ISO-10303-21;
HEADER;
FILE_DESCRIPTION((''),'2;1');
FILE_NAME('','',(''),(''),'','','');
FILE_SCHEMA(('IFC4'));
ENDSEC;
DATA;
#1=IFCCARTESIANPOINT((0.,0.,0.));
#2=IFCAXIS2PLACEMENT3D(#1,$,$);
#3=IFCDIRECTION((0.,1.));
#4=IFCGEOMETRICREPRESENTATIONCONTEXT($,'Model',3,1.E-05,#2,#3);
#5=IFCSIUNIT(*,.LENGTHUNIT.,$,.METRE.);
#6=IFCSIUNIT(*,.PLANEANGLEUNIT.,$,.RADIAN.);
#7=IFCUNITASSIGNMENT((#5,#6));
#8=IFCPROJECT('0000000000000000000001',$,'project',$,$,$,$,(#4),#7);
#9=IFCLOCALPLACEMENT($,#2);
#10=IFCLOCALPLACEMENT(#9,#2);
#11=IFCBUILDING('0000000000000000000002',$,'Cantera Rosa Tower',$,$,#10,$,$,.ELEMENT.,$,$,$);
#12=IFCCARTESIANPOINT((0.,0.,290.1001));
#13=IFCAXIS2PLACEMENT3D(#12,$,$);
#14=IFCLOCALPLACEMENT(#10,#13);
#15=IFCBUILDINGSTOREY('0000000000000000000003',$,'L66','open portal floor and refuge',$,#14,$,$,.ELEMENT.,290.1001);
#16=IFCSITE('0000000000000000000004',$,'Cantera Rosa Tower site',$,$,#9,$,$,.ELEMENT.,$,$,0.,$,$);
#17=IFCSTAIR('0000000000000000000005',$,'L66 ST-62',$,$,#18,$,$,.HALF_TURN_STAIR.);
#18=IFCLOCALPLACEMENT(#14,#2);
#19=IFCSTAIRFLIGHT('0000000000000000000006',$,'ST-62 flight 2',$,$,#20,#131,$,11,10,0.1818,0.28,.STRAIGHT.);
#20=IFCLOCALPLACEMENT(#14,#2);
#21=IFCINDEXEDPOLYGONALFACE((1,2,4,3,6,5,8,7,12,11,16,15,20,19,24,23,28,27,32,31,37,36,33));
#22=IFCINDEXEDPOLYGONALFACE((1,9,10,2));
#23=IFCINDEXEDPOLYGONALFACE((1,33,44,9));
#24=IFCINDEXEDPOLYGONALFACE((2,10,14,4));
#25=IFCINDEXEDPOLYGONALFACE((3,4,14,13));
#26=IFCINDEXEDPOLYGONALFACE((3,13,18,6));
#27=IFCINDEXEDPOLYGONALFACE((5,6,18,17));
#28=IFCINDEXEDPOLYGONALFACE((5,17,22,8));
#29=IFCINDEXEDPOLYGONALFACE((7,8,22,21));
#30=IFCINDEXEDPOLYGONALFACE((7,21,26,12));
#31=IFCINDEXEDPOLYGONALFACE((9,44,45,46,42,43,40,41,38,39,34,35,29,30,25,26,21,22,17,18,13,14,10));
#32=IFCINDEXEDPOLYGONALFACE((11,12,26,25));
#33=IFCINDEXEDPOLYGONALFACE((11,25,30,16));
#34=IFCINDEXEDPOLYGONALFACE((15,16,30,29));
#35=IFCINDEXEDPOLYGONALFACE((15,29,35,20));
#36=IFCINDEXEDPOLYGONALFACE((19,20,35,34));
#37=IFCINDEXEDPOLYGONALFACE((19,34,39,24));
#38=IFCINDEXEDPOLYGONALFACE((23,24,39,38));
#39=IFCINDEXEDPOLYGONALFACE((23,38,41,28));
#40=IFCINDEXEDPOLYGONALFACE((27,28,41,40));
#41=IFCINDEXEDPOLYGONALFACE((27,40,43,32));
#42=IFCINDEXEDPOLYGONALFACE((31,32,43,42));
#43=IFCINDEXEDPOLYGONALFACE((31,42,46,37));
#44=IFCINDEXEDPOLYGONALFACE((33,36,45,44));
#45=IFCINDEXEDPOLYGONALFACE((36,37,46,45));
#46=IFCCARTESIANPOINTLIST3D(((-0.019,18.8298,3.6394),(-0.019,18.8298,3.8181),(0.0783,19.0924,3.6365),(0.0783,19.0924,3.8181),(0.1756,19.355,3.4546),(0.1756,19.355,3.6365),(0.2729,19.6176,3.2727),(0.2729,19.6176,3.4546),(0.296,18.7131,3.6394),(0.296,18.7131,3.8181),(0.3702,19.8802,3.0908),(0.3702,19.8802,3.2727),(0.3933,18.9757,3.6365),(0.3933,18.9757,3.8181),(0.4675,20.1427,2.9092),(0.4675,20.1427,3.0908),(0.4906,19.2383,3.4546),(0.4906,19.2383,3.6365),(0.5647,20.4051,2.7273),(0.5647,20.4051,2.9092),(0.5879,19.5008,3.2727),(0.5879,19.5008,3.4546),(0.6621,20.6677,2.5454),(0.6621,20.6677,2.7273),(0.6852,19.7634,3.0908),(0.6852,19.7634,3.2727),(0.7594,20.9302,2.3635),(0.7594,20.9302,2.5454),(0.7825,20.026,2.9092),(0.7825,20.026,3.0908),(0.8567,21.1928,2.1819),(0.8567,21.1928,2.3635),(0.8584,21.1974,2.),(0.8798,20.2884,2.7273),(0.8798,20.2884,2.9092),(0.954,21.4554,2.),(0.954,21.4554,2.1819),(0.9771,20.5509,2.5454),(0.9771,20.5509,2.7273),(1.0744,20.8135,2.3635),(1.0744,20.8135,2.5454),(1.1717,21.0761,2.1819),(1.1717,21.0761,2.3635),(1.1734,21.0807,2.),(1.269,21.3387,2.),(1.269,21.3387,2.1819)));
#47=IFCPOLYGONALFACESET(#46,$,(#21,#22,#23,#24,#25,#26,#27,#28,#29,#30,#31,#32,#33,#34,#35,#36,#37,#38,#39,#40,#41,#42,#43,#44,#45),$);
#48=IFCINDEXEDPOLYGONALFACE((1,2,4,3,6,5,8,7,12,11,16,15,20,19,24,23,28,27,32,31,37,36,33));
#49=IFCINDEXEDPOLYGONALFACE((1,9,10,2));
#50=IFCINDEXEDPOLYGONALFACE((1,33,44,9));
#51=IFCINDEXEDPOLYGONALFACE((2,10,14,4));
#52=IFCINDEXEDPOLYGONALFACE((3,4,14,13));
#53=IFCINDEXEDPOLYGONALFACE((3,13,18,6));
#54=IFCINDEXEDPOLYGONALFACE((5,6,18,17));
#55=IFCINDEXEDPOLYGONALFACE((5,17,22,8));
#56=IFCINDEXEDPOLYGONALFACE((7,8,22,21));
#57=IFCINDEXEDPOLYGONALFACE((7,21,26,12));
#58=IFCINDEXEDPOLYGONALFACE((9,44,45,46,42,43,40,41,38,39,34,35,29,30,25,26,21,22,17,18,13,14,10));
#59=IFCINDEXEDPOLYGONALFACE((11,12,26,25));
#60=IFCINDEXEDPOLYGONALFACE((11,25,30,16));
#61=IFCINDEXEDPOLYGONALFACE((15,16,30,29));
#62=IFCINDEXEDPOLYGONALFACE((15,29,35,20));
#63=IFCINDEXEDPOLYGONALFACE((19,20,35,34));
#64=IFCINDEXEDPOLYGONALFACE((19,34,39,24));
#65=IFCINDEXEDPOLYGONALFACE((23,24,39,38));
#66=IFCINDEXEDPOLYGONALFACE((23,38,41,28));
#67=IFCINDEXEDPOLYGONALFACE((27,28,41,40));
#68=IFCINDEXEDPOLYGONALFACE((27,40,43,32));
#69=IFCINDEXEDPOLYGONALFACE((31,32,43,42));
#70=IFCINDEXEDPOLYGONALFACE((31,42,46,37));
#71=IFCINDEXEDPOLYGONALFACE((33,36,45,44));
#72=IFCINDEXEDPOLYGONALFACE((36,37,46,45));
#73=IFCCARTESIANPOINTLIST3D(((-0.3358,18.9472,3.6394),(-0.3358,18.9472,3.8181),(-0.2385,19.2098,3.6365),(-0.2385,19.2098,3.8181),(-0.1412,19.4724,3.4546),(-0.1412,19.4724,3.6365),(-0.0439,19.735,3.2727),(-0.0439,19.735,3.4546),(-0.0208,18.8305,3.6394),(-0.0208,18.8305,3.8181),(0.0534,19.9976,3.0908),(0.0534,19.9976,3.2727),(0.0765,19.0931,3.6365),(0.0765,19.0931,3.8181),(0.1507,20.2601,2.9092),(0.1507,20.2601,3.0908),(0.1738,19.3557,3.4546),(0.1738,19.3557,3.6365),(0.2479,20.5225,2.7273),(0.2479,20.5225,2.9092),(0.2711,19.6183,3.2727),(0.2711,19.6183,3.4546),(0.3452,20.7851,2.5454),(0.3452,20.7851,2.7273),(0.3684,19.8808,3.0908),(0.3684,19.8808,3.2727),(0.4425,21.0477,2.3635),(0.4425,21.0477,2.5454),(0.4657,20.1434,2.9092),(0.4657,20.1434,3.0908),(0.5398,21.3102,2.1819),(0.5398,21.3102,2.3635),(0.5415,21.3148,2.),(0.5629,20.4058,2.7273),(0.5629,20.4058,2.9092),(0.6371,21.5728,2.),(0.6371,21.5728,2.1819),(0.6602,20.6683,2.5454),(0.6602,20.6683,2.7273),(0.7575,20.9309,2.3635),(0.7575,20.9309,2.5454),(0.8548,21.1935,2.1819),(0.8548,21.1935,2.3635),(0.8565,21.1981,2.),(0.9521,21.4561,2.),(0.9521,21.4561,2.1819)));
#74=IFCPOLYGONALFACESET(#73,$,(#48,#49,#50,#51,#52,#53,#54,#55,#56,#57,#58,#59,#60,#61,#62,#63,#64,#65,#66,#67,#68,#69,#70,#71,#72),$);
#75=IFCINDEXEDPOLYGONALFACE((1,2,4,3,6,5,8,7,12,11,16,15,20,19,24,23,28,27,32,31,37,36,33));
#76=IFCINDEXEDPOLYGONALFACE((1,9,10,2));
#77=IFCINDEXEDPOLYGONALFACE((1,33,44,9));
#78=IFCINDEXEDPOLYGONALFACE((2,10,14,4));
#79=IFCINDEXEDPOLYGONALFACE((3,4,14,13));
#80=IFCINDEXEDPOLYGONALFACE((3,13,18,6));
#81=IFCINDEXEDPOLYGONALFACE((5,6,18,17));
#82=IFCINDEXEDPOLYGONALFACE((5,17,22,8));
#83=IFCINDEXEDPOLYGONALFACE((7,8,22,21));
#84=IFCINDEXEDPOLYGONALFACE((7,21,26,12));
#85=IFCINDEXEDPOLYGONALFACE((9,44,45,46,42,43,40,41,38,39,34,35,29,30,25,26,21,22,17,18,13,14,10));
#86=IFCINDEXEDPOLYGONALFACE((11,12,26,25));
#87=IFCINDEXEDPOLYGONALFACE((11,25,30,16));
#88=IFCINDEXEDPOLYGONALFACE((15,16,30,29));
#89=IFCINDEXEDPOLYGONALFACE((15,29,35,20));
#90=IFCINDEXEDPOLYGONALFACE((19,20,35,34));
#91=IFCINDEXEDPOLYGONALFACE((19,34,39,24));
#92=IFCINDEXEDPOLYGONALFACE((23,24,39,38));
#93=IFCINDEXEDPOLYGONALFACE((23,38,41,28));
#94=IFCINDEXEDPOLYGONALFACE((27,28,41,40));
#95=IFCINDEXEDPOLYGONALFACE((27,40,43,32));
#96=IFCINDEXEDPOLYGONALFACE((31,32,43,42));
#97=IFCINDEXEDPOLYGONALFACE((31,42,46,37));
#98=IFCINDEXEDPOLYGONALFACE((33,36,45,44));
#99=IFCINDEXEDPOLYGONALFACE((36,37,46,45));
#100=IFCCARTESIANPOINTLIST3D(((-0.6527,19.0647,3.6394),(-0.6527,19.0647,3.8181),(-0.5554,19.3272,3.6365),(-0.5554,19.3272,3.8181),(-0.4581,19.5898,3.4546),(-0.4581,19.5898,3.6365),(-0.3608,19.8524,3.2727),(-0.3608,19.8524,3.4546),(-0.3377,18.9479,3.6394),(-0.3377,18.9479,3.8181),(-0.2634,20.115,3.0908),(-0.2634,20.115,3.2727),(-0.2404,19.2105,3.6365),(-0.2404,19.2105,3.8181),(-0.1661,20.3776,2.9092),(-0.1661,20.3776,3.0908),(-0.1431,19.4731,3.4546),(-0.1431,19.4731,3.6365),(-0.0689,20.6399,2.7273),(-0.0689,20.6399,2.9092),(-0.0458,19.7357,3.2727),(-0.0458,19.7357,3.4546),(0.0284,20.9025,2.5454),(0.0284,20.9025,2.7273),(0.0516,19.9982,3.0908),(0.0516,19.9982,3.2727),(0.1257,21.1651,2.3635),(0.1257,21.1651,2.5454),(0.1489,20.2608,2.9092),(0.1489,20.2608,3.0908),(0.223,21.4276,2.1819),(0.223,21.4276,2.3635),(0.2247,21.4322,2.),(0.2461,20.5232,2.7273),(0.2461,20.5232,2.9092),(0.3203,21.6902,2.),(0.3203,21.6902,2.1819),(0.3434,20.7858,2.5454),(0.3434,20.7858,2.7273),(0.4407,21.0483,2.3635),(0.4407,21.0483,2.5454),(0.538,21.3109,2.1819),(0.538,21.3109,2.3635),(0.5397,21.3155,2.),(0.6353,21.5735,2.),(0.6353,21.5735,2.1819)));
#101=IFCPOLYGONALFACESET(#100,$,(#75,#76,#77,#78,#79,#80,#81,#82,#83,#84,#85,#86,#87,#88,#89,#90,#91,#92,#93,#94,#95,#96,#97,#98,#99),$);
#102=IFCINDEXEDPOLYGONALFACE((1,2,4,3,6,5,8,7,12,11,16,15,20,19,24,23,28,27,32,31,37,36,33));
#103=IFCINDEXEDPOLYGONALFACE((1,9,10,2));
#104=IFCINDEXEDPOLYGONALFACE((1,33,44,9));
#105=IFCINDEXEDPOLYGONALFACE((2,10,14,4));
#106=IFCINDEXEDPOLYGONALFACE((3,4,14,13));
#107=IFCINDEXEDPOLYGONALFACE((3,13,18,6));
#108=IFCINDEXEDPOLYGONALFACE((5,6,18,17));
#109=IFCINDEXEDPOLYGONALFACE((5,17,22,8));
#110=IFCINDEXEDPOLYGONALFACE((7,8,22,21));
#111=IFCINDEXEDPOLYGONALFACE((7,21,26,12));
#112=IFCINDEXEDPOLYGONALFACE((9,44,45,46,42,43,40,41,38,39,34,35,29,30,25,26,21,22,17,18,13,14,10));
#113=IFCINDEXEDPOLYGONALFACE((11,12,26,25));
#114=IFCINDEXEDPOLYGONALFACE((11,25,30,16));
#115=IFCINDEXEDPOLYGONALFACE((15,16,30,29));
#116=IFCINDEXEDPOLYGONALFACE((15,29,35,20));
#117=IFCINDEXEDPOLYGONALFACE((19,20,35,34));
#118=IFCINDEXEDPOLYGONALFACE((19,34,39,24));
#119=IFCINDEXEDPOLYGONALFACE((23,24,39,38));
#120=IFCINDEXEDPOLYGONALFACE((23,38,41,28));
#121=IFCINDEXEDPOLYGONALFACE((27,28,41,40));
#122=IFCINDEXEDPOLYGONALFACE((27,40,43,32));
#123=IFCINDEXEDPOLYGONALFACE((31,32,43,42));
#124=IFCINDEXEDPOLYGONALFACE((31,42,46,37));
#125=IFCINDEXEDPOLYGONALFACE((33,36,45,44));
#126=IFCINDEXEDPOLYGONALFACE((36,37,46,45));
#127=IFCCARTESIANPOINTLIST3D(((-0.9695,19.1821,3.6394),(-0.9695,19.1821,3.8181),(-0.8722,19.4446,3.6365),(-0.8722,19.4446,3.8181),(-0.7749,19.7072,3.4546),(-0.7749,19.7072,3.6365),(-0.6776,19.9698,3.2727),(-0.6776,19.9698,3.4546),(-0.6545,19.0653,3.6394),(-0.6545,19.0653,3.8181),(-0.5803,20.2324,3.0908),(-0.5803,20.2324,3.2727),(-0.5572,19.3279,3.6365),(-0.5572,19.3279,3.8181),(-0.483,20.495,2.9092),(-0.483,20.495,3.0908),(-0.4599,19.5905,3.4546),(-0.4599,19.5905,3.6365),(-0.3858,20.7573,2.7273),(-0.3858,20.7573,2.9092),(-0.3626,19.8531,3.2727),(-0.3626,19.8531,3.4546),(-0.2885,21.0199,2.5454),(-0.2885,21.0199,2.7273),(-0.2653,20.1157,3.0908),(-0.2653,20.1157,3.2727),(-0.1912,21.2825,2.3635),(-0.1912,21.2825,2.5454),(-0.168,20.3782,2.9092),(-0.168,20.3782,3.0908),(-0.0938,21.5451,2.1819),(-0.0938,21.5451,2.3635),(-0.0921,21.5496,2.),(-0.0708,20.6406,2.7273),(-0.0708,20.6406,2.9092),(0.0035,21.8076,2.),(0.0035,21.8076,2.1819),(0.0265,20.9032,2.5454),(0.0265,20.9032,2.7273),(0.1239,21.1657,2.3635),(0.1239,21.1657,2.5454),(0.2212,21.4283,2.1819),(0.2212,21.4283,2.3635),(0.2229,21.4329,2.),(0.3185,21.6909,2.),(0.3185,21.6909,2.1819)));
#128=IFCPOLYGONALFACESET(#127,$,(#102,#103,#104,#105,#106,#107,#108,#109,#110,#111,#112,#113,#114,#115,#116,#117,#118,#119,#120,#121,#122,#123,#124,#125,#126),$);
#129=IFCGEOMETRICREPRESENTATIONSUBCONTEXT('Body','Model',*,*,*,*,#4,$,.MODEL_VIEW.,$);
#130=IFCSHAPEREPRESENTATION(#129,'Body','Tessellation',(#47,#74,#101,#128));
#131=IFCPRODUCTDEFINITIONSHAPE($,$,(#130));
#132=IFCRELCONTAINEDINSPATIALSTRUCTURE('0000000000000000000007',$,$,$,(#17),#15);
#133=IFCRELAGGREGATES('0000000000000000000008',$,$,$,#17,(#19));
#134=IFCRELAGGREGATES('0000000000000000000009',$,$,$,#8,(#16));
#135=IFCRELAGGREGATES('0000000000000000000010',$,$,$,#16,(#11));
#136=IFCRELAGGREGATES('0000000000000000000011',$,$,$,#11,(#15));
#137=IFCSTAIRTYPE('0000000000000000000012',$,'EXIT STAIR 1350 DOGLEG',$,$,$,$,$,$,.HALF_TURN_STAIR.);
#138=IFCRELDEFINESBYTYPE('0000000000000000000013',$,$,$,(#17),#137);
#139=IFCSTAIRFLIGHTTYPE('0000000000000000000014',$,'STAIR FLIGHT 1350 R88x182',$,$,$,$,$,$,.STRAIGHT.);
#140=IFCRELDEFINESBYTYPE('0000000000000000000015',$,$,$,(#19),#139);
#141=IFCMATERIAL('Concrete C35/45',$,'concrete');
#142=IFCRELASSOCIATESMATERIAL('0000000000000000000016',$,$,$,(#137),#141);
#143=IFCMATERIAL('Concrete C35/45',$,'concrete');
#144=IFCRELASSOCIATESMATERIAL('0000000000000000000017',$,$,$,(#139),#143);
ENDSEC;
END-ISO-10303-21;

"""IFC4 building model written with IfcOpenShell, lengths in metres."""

from ifc_helpers import new_model, si_unit, direction, frame, origin, place, context, subcontext, project, spatial, polyline, outline, extrude, material, type_object, element, aggregate, save


model = new_model("IFC4")

# Units and contexts
model_context = context("Model", 3, precision=1e-05, world=origin(), true_north=direction((0.0, 1.0)))
body_context = subcontext(model_context, "Body", "Model", "MODEL_VIEW")
ifc_project = project(units=[si_unit("LENGTHUNIT", "METRE"), si_unit("PLANEANGLEUNIT", "RADIAN")], contexts=[model_context])

# Site, building, storey
site_placement = place(None, origin())
site = spatial("IfcSite", under=ifc_project, at=site_placement, Name="Cantera Rosa Tower site", CompositionType="ELEMENT", RefElevation=0.0)
building_placement = place(site_placement, origin())
building = spatial("IfcBuilding", under=site, at=building_placement, Name="Cantera Rosa Tower", CompositionType="ELEMENT")
storey_placement = place(building_placement, frame((0.0, 0.0, 290.1001)))
storey = spatial("IfcBuildingStorey", under=building, at=storey_placement, Name="L66", Description="open portal floor and refuge", CompositionType="ELEMENT", Elevation=290.1001)

# Stair, stair flight
ifc_material_1 = material(Name="Concrete C35/45", Category="concrete")
stair_type = type_object("IfcStairType", Name="EXIT STAIR 1350 DOGLEG", PredefinedType="HALF_TURN_STAIR", material=ifc_material_1)
stair_placement = place(storey_placement, origin())
stair = element("IfcStair", 1, at=stair_placement, inside=storey, type_object=stair_type, Name="L66 ST-62", PredefinedType="HALF_TURN_STAIR")
ifc_material_2 = material(Name="Concrete C35/45", Category="concrete")
stair_flight_type = type_object("IfcStairFlightType", Name="STAIR FLIGHT 1350 R88x182", PredefinedType="STRAIGHT", material=ifc_material_2)
stair_flight_1_placement = place(storey_placement, frame((0.636, 21.5732, 2.0), z_axis=(0.0, 0.0, 1.0), x_axis=(-0.347481, -0.937687, 0.0)))
stair_flight_1 = element("IfcStairFlight", 2, at=stair_flight_1_placement, type_object=stair_flight_type, Name="ST-62 flight 2", NumberOfRisers=11, NumberOfTreads=10, PredefinedType="STRAIGHT", RiserHeight=0.1818, TreadLength=0.28, context=body_context, shape_type="SweptSolid", body=[
    extrude(outline(polyline([(0.0, 0.0), (0.0, 0.1819), (0.28, 0.1819), (0.28, 0.3635), (0.5601, 0.3635), (0.5601, 0.5454), (0.8401, 0.5454), (0.8401, 0.7273), (1.1201, 0.7273), (1.1201, 0.9092), (1.3999, 0.9092), (1.3999, 1.0908), (1.6799, 1.0908), (1.6799, 1.2727), (1.96, 1.2727), (1.96, 1.4546), (2.24, 1.4546), (2.24, 1.6365), (2.52, 1.6365), (2.52, 1.8181), (2.8, 1.8181), (2.8, 2.0), (2.8, 1.6394), (0.2751, 0.0), (0.0, 0.0)])), frame((0.0, 0.675, 0.0), z_axis=(0.0, -1.0, 0.0), x_axis=(1.0, 0.0, 0.0)), (0.0, 0.0, 1.0), 0.3359),
    extrude(outline(polyline([(0.0, 0.0), (0.0, 0.1819), (0.28, 0.1819), (0.28, 0.3635), (0.5601, 0.3635), (0.5601, 0.5454), (0.8401, 0.5454), (0.8401, 0.7273), (1.1201, 0.7273), (1.1201, 0.9092), (1.3999, 0.9092), (1.3999, 1.0908), (1.6799, 1.0908), (1.6799, 1.2727), (1.96, 1.2727), (1.96, 1.4546), (2.24, 1.4546), (2.24, 1.6365), (2.52, 1.6365), (2.52, 1.8181), (2.8, 1.8181), (2.8, 2.0), (2.8, 1.6394), (0.2751, 0.0), (0.0, 0.0)])), frame((0.0, 0.3372, 0.0), z_axis=(0.0, -1.0, 0.0), x_axis=(1.0, 0.0, 0.0)), (0.0, 0.0, 1.0), 0.3359),
    extrude(outline(polyline([(0.0, 0.0), (0.0, 0.1819), (0.28, 0.1819), (0.28, 0.3635), (0.5601, 0.3635), (0.5601, 0.5454), (0.8401, 0.5454), (0.8401, 0.7273), (1.1201, 0.7273), (1.1201, 0.9092), (1.3999, 0.9092), (1.3999, 1.0908), (1.6799, 1.0908), (1.6799, 1.2727), (1.96, 1.2727), (1.96, 1.4546), (2.24, 1.4546), (2.24, 1.6365), (2.52, 1.6365), (2.52, 1.8181), (2.8, 1.8181), (2.8, 2.0), (2.8, 1.6394), (0.2751, 0.0), (0.0, 0.0)])), frame((0.0, -0.0007, 0.0), z_axis=(0.0, -1.0, 0.0), x_axis=(1.0, 0.0, 0.0)), (0.0, 0.0, 1.0), 0.3359),
    extrude(outline(polyline([(0.0, 0.0), (0.0, 0.1819), (0.28, 0.1819), (0.28, 0.3635), (0.5601, 0.3635), (0.5601, 0.5454), (0.8401, 0.5454), (0.8401, 0.7273), (1.1201, 0.7273), (1.1201, 0.9092), (1.3999, 0.9092), (1.3999, 1.0908), (1.6799, 1.0908), (1.6799, 1.2727), (1.96, 1.2727), (1.96, 1.4546), (2.24, 1.4546), (2.24, 1.6365), (2.52, 1.6365), (2.52, 1.8181), (2.8, 1.8181), (2.8, 2.0), (2.8, 1.6394), (0.2751, 0.0), (0.0, 0.0)])), frame((0.0, -0.3386, 0.0), z_axis=(0.0, -1.0, 0.0), x_axis=(1.0, 0.0, 0.0)), (0.0, 0.0, 1.0), 0.3359),
])
aggregate(stair, [stair_flight_1])

save(model, "model.ifc")
